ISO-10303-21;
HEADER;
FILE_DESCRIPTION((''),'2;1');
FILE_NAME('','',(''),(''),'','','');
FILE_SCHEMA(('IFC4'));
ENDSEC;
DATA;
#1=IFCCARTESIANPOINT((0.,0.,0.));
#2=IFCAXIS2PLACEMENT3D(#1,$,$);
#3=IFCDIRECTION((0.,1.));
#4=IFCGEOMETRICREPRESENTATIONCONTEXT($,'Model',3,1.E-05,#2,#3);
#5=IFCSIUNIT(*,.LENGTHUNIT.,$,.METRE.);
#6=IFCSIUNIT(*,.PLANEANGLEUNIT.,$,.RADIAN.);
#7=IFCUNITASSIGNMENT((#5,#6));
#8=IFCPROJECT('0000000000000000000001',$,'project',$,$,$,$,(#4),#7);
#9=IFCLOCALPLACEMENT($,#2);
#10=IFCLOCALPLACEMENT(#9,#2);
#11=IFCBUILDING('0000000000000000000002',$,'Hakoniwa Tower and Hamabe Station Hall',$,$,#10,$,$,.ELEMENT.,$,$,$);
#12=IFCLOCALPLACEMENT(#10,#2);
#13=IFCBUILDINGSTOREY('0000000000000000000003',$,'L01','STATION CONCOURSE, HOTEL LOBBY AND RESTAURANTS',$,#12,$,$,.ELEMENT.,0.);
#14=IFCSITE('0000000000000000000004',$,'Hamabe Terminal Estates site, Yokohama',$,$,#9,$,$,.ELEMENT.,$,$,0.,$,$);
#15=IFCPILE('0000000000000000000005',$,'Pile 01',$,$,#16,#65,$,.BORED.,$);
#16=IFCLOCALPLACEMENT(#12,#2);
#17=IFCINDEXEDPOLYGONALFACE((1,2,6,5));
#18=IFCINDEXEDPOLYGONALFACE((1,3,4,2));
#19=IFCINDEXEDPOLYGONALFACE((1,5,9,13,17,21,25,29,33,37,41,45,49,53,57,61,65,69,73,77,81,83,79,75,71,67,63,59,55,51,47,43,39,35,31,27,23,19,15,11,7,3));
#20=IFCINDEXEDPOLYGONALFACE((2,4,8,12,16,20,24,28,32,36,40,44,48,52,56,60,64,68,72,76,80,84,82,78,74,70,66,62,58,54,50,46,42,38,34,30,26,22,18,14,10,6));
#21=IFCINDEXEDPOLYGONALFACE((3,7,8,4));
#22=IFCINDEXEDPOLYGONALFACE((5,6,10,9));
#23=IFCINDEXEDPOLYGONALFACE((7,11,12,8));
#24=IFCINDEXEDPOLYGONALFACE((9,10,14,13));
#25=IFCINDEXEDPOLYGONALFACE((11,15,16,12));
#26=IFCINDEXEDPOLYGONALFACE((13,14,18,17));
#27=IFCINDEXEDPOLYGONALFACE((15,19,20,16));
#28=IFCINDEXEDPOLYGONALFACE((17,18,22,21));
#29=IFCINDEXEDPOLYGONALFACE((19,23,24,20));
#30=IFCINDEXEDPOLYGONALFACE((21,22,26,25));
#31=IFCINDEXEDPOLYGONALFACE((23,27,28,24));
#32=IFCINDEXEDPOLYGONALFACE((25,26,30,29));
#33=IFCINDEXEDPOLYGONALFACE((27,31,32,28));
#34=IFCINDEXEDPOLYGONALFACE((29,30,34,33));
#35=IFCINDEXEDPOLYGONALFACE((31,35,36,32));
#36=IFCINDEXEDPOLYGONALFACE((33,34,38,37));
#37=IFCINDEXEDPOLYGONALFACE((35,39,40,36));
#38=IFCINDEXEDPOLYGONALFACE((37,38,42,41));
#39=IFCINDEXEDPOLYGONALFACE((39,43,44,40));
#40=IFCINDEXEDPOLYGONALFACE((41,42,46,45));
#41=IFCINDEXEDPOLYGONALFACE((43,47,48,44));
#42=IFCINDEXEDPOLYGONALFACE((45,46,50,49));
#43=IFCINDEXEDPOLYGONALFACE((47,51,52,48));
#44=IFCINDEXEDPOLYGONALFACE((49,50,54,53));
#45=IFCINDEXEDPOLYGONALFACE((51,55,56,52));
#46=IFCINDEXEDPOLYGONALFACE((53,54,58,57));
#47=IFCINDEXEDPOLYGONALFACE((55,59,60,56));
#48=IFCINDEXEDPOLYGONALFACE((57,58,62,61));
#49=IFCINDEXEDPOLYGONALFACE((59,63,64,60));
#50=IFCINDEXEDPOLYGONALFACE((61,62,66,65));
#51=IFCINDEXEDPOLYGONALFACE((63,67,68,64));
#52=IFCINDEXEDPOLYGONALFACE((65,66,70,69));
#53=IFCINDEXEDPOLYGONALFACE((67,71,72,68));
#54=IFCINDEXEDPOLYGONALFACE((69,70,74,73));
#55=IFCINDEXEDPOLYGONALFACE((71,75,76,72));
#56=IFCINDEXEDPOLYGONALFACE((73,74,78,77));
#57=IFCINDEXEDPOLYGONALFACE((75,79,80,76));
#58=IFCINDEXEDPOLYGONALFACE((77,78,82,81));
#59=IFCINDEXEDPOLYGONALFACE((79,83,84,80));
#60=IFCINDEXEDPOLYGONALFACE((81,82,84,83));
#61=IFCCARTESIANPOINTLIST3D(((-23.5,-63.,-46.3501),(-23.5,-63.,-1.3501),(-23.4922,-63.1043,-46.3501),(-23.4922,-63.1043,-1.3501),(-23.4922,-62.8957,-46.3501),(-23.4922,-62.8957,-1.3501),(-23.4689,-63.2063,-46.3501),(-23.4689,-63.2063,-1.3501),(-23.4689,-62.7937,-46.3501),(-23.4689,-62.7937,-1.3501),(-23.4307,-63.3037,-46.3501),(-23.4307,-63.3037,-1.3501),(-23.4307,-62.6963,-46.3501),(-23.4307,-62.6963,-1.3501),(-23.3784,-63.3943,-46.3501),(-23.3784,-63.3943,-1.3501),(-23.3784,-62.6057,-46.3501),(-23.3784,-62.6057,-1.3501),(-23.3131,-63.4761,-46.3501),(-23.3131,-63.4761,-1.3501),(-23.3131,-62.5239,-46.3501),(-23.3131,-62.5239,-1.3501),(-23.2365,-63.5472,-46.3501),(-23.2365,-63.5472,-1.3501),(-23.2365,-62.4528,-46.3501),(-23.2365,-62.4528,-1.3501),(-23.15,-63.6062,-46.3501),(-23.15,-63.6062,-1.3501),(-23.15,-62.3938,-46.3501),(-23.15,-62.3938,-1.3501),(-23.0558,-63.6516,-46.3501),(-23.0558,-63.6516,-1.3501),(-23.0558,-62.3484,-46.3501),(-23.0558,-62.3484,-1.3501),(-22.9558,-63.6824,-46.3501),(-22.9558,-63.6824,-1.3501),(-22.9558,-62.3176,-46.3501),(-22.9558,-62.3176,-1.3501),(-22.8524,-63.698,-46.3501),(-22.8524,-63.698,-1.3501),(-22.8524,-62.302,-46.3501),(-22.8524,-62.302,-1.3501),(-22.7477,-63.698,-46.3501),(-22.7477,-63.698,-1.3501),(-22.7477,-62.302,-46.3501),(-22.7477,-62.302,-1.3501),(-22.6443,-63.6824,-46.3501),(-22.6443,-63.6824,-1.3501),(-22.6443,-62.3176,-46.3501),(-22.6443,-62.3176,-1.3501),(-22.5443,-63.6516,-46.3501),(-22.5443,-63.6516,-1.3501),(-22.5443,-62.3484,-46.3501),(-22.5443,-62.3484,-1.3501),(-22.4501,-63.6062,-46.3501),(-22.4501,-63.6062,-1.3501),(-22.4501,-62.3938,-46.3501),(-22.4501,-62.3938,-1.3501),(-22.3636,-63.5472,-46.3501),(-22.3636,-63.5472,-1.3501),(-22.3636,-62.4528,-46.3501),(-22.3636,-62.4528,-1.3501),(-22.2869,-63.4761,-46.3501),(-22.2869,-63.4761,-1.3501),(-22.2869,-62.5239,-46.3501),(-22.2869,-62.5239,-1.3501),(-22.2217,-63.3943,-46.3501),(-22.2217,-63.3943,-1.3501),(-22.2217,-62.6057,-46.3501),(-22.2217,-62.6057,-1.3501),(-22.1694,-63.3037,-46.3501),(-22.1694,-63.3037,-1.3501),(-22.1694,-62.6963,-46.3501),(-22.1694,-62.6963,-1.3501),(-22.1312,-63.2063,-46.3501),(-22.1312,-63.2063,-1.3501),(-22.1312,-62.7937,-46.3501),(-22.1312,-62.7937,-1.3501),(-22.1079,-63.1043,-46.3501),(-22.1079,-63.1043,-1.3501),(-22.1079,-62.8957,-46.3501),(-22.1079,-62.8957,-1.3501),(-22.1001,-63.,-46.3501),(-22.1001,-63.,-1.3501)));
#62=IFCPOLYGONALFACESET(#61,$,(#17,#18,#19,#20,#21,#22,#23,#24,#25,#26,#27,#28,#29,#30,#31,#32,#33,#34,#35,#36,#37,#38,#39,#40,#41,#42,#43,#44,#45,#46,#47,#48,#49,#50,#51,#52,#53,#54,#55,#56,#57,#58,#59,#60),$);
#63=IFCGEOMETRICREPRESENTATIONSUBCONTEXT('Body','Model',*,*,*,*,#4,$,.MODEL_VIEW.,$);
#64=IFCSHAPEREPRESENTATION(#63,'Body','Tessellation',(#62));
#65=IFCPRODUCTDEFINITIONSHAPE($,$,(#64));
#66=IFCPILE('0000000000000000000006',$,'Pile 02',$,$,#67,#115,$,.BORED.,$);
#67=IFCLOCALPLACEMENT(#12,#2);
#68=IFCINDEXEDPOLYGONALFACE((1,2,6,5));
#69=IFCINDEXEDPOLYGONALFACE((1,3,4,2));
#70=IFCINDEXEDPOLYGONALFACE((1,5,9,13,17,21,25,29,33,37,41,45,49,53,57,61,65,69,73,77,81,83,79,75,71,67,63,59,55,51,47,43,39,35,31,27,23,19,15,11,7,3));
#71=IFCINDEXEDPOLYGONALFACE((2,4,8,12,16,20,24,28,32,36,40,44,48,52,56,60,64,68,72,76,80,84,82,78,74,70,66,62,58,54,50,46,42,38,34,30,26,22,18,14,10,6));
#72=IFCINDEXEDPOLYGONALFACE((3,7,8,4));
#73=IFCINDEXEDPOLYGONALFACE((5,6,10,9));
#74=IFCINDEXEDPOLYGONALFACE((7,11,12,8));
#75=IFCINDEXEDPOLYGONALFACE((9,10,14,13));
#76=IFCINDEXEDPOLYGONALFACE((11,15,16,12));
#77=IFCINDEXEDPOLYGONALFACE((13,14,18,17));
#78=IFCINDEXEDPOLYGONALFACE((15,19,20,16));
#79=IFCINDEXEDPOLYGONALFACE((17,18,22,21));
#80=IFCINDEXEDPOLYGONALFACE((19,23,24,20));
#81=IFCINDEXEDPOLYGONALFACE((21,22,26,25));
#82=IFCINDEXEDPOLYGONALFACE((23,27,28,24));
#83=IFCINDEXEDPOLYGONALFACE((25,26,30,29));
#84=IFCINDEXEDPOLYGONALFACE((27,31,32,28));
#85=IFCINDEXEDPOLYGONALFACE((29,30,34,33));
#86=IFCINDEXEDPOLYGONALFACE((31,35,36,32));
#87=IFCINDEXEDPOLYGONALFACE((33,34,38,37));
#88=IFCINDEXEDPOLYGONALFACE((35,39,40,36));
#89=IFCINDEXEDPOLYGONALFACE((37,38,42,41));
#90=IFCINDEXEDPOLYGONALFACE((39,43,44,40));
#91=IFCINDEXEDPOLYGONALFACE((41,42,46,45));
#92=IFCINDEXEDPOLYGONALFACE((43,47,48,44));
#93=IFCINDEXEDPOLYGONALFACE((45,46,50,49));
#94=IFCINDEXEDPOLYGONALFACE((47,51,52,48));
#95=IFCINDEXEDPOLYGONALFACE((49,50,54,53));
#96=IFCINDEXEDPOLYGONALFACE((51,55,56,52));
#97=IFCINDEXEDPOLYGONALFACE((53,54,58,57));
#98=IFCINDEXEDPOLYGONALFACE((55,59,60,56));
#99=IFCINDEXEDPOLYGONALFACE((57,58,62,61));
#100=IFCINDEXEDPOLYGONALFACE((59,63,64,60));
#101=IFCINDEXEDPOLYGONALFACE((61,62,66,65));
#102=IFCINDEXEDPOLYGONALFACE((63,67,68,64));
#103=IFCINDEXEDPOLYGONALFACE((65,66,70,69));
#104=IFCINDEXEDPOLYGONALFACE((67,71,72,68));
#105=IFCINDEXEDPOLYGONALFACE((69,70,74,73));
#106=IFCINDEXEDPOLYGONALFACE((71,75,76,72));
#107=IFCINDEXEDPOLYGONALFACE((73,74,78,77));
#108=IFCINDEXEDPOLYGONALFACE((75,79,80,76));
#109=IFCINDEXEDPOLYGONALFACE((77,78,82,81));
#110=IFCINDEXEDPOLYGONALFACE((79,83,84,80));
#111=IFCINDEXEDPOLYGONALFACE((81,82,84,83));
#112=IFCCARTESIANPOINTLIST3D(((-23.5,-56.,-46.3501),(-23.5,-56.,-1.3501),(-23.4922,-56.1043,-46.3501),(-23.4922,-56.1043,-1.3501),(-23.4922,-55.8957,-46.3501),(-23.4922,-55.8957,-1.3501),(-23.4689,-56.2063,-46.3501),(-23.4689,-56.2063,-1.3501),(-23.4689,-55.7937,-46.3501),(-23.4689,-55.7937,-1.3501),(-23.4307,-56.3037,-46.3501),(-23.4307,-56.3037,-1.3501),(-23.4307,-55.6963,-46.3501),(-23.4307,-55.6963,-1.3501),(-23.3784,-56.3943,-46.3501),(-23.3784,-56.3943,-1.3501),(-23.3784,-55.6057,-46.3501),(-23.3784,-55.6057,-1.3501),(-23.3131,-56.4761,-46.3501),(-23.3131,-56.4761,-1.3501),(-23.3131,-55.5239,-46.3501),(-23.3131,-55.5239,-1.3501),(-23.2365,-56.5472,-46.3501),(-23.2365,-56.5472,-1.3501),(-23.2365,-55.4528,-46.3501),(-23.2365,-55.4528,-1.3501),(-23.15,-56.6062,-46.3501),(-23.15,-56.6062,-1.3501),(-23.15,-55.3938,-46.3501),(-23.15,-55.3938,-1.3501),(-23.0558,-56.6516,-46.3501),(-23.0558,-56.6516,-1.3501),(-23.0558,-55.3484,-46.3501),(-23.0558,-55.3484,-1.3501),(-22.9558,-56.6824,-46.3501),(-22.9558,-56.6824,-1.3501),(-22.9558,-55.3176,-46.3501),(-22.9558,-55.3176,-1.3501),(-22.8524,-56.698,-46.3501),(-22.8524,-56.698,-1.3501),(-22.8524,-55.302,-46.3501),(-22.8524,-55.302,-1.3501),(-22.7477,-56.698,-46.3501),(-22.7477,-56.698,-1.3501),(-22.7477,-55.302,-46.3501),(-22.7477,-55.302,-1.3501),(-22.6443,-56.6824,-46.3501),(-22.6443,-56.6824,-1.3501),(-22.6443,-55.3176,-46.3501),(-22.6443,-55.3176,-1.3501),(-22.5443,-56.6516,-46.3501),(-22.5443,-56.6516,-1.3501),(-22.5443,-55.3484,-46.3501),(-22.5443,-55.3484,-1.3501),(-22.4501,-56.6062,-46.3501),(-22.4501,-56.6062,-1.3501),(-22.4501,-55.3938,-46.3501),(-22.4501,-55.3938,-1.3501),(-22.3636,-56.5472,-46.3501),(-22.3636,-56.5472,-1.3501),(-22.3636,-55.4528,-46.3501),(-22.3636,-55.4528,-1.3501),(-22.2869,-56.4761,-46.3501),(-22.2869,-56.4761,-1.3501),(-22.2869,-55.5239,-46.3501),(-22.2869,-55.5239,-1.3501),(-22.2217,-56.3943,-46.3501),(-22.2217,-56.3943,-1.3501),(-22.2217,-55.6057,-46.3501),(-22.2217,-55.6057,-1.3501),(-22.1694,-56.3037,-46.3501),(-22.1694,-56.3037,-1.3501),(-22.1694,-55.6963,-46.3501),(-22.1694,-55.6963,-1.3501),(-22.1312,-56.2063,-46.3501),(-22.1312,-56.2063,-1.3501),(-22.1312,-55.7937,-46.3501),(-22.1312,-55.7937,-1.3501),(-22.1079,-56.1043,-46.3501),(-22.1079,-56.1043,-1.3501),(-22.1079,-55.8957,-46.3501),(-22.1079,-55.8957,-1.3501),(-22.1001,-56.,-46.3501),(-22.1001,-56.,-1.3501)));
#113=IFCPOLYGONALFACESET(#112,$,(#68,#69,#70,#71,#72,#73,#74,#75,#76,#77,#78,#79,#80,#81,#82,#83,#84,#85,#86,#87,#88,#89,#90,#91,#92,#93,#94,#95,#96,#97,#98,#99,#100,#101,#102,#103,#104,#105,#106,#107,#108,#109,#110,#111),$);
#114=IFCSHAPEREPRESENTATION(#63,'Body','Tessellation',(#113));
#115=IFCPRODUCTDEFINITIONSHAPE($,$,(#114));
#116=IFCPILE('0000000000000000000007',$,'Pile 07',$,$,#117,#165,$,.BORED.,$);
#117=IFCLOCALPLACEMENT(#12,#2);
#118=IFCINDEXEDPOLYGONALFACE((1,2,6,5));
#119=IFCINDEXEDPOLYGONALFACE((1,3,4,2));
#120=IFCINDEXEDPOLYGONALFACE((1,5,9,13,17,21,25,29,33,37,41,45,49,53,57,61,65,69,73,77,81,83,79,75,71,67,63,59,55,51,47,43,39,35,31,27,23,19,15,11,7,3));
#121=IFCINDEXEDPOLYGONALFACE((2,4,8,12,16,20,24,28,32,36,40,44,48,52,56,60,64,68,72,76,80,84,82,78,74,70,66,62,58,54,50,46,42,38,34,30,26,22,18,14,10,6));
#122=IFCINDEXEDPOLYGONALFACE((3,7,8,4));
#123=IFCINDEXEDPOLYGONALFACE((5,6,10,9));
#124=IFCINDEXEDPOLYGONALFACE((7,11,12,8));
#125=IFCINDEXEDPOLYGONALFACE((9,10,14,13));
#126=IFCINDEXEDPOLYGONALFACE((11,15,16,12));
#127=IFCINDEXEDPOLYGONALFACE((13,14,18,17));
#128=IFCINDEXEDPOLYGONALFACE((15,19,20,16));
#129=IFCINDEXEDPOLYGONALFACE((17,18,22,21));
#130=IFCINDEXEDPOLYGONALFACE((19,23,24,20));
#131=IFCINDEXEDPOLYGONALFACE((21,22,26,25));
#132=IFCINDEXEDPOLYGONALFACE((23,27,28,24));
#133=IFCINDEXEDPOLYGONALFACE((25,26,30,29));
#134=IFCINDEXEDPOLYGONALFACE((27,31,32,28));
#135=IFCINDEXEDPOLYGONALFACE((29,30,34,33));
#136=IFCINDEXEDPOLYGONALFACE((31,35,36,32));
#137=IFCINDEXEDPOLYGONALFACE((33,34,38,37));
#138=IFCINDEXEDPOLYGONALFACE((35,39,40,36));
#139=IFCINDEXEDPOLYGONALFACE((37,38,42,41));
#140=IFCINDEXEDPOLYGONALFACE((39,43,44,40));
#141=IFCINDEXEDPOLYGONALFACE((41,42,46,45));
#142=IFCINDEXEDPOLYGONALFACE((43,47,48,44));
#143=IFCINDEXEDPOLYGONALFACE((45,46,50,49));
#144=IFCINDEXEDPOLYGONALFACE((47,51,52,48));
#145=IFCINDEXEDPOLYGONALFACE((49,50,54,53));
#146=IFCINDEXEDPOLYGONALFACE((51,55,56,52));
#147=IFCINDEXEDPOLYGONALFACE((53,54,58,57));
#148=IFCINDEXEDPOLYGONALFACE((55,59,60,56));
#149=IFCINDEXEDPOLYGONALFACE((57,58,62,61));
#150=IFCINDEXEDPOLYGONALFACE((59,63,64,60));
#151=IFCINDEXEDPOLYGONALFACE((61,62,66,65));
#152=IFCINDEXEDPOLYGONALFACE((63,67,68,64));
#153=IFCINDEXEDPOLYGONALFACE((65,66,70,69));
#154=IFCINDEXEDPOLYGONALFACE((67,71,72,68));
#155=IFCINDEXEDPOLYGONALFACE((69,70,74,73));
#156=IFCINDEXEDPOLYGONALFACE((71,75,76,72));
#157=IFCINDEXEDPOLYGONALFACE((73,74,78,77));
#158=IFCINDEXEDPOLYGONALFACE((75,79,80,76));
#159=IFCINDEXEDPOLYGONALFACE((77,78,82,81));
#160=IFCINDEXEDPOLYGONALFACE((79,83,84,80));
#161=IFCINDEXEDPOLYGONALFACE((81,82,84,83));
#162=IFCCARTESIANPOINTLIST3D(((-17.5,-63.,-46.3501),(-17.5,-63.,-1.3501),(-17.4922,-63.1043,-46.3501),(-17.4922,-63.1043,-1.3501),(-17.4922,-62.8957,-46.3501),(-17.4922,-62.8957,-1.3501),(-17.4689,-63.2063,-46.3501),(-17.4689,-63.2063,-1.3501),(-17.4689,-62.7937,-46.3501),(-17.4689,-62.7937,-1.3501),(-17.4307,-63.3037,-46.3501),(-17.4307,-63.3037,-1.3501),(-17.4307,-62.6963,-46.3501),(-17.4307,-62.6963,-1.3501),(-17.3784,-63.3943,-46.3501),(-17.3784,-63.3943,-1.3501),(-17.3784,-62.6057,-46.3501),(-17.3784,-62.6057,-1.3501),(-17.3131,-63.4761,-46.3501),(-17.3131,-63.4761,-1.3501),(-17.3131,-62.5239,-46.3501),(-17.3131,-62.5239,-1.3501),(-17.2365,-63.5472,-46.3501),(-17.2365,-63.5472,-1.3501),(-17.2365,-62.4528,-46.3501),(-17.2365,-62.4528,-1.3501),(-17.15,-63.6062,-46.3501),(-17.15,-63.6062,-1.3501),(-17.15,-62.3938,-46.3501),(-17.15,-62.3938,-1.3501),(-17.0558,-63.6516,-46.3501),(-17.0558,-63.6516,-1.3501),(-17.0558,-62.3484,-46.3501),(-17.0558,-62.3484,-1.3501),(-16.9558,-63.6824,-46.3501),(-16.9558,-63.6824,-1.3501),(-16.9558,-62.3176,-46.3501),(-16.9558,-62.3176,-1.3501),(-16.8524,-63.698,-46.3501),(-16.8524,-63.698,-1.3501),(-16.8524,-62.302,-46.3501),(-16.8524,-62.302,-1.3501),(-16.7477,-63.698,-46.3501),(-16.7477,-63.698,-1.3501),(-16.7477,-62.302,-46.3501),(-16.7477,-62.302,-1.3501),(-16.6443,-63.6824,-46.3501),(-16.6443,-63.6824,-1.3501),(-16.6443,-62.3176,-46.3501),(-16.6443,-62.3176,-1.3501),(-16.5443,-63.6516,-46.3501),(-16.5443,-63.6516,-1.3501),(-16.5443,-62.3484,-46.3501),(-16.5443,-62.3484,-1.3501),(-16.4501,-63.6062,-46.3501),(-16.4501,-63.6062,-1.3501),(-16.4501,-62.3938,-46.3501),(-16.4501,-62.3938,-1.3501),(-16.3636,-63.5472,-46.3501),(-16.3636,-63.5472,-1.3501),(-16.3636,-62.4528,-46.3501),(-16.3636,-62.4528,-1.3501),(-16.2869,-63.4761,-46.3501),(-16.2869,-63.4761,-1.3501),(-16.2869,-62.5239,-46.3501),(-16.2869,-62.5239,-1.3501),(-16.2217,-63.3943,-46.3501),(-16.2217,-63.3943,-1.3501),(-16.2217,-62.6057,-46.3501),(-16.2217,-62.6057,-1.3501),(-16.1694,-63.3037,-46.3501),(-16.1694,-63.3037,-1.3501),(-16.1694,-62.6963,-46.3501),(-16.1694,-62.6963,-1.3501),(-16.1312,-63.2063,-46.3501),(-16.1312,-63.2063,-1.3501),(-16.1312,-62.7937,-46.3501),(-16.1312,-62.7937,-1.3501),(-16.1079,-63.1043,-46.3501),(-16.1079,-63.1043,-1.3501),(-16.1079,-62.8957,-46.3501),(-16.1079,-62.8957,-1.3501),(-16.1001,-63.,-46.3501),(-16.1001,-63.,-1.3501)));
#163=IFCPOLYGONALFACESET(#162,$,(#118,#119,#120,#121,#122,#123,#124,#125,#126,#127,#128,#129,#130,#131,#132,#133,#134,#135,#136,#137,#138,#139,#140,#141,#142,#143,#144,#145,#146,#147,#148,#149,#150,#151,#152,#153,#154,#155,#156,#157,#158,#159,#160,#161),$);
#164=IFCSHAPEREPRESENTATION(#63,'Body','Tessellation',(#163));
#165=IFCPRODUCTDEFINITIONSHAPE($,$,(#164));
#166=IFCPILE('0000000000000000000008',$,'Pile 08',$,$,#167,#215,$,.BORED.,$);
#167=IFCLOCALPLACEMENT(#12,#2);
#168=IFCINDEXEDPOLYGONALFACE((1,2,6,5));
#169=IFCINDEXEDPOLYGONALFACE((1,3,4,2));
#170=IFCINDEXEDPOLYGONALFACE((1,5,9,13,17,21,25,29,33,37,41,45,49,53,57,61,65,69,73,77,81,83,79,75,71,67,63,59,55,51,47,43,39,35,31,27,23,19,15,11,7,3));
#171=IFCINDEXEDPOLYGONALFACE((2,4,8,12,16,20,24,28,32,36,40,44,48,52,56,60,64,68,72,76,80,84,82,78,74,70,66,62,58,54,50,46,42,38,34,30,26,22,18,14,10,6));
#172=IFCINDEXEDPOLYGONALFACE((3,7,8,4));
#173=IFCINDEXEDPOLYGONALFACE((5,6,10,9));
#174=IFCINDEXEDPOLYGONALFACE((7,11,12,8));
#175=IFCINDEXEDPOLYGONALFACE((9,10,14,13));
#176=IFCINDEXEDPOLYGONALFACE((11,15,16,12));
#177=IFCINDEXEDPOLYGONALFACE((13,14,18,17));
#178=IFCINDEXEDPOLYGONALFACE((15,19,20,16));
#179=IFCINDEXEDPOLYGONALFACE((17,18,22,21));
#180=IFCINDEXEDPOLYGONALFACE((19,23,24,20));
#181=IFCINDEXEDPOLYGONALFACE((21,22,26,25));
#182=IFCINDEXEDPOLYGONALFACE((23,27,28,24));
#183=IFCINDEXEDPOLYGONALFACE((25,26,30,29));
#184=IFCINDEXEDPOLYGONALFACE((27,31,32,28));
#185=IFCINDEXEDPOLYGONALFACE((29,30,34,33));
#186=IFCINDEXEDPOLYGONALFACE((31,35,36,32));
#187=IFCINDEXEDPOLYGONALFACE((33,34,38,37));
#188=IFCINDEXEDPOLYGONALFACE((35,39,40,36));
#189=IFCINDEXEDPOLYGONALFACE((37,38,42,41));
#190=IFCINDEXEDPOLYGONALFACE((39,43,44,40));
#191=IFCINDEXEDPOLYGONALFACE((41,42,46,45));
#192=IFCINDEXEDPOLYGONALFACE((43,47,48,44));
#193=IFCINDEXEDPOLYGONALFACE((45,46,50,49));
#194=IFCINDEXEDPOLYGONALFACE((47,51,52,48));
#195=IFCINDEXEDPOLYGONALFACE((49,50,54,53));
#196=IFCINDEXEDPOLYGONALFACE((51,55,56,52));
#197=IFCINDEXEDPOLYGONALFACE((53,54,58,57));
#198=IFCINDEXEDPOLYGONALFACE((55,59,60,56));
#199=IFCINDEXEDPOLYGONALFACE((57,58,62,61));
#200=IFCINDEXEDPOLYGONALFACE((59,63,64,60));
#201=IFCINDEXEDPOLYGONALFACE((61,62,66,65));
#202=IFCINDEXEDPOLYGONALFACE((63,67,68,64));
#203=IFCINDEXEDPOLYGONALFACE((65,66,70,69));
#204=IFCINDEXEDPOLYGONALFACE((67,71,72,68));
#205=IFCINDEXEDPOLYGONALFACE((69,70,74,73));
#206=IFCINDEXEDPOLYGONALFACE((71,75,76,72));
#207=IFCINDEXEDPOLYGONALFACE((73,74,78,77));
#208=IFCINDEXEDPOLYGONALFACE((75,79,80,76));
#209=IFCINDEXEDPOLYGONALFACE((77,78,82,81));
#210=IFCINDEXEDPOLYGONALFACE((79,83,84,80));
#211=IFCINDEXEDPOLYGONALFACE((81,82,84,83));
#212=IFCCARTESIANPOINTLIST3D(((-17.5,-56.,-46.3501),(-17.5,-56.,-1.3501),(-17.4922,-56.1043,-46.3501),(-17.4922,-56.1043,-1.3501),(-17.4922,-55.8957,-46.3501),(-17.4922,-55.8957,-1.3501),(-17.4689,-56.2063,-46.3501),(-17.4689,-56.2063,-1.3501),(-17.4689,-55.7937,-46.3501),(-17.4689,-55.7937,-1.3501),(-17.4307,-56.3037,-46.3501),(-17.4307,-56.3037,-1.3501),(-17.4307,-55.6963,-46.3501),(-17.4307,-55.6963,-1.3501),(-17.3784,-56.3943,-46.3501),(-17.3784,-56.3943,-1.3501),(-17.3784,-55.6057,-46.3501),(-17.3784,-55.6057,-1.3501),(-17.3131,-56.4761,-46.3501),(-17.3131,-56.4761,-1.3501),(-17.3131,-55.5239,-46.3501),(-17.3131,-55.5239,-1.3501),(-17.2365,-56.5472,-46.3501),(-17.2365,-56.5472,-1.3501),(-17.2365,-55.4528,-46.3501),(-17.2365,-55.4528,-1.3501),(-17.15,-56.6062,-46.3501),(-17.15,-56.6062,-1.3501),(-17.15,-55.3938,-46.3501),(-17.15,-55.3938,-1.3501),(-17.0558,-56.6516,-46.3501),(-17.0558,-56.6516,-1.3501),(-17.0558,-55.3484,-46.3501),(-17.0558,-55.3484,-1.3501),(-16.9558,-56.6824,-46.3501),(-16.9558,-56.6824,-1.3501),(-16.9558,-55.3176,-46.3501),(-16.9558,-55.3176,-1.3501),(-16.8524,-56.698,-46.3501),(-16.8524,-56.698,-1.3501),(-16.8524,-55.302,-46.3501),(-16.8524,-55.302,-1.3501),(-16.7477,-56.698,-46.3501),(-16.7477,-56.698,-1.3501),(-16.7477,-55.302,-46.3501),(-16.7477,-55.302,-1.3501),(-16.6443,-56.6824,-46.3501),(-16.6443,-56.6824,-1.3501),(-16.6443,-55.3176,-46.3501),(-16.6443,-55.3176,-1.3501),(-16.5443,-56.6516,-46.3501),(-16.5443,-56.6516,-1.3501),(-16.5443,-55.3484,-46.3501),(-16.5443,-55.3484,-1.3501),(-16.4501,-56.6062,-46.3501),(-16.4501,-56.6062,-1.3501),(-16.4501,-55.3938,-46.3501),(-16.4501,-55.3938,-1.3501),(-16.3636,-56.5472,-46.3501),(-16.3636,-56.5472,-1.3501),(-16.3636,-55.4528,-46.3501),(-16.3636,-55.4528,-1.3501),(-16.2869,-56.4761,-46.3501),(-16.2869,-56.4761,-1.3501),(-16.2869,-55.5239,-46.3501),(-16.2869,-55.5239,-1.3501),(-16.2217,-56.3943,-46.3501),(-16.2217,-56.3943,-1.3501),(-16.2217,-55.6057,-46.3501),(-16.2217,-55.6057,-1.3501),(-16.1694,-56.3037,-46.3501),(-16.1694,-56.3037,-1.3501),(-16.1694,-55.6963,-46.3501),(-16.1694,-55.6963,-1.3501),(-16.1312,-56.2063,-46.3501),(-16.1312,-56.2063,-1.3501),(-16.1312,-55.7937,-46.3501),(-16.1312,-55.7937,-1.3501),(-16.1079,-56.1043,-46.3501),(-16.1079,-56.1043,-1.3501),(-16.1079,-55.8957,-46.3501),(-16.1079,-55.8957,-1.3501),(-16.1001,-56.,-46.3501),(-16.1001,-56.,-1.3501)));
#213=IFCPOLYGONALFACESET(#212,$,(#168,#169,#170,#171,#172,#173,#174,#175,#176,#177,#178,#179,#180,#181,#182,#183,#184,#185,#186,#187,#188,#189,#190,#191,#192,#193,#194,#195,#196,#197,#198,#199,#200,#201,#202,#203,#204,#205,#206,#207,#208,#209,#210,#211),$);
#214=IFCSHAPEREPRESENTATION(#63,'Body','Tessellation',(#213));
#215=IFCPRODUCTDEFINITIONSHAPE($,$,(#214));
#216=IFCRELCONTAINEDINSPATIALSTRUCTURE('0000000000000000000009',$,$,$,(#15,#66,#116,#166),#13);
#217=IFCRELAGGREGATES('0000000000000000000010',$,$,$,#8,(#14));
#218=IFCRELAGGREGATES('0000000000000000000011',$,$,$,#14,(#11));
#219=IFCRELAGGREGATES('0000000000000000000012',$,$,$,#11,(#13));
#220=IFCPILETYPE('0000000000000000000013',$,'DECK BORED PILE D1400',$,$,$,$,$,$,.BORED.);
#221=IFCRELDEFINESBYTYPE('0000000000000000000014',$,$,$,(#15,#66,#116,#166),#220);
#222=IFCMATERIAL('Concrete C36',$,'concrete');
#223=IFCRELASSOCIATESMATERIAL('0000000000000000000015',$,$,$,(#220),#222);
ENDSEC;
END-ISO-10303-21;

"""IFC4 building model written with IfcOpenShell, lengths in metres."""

from ifc_helpers import new_model, si_unit, direction, frame, origin, origin_2d, place, context, subcontext, project, spatial, circle, extrude, material, material_profile, profile_set, type_object, element, save


model = new_model("IFC4")

# Units and contexts
model_context = context("Model", 3, precision=1e-05, world=origin(), true_north=direction((0.0, 1.0)))
body_context = subcontext(model_context, "Body", "Model", "MODEL_VIEW")
ifc_project = project(units=[si_unit("LENGTHUNIT", "METRE"), si_unit("PLANEANGLEUNIT", "RADIAN")], contexts=[model_context])

# Site, building, storey
site_placement = place(None, origin())
site = spatial("IfcSite", under=ifc_project, at=site_placement, Name="Hamabe Terminal Estates site, Yokohama", CompositionType="ELEMENT", RefElevation=0.0)
building_placement = place(site_placement, origin())
building = spatial("IfcBuilding", under=site, at=building_placement, Name="Hakoniwa Tower and Hamabe Station Hall", CompositionType="ELEMENT")
storey_placement = place(building_placement, origin())
storey = spatial("IfcBuildingStorey", under=building, at=storey_placement, Name="L01", Description="STATION CONCOURSE, HOTEL LOBBY AND RESTAURANTS", CompositionType="ELEMENT", Elevation=0.0)

# Piles
ifc_material_1 = material(Name="Concrete C36", Category="concrete")
ifc_material_profile_1 = material_profile(ifc_material_1, circle(Radius=0.7, at=origin_2d()), Name="DECK BORED PILE D1400")
ifc_profile_set_1 = profile_set([ifc_material_profile_1], Name="Concrete C36")
pile_type_1 = type_object("IfcPileType", Name="DECK BORED PILE D1400", PredefinedType="BORED", material=ifc_profile_set_1)
for number, where, z_axis, x_axis, name in (
    (1, (-22.8, -63.0, -1.3501), (0.0, 0.0, -1.0), (1.0, 0.0, 0.0), "Pile 01"),
    (2, (-22.8, -56.0, -1.3501), (0.0, 0.0, -1.0), (1.0, 0.0, 0.0), "Pile 02"),
    (3, (-16.8, -63.0, -1.3501), (0.0, 0.0, -1.0), (1.0, 0.0, 0.0), "Pile 07"),
    (4, (-16.8, -56.0, -1.3501), (0.0, 0.0, -1.0), (1.0, 0.0, 0.0), "Pile 08"),
):
    element("IfcPile", number, at=place(storey_placement, frame(where, z_axis=z_axis, x_axis=x_axis)), inside=storey, type_object=pile_type_1, Name=name, PredefinedType="BORED", context=body_context, shape_type="SweptSolid", body=[
        extrude(circle(Radius=0.7, at=origin_2d()), origin(), (0.0, 0.0, 1.0), 45.0),
    ])

save(model, "model.ifc")
